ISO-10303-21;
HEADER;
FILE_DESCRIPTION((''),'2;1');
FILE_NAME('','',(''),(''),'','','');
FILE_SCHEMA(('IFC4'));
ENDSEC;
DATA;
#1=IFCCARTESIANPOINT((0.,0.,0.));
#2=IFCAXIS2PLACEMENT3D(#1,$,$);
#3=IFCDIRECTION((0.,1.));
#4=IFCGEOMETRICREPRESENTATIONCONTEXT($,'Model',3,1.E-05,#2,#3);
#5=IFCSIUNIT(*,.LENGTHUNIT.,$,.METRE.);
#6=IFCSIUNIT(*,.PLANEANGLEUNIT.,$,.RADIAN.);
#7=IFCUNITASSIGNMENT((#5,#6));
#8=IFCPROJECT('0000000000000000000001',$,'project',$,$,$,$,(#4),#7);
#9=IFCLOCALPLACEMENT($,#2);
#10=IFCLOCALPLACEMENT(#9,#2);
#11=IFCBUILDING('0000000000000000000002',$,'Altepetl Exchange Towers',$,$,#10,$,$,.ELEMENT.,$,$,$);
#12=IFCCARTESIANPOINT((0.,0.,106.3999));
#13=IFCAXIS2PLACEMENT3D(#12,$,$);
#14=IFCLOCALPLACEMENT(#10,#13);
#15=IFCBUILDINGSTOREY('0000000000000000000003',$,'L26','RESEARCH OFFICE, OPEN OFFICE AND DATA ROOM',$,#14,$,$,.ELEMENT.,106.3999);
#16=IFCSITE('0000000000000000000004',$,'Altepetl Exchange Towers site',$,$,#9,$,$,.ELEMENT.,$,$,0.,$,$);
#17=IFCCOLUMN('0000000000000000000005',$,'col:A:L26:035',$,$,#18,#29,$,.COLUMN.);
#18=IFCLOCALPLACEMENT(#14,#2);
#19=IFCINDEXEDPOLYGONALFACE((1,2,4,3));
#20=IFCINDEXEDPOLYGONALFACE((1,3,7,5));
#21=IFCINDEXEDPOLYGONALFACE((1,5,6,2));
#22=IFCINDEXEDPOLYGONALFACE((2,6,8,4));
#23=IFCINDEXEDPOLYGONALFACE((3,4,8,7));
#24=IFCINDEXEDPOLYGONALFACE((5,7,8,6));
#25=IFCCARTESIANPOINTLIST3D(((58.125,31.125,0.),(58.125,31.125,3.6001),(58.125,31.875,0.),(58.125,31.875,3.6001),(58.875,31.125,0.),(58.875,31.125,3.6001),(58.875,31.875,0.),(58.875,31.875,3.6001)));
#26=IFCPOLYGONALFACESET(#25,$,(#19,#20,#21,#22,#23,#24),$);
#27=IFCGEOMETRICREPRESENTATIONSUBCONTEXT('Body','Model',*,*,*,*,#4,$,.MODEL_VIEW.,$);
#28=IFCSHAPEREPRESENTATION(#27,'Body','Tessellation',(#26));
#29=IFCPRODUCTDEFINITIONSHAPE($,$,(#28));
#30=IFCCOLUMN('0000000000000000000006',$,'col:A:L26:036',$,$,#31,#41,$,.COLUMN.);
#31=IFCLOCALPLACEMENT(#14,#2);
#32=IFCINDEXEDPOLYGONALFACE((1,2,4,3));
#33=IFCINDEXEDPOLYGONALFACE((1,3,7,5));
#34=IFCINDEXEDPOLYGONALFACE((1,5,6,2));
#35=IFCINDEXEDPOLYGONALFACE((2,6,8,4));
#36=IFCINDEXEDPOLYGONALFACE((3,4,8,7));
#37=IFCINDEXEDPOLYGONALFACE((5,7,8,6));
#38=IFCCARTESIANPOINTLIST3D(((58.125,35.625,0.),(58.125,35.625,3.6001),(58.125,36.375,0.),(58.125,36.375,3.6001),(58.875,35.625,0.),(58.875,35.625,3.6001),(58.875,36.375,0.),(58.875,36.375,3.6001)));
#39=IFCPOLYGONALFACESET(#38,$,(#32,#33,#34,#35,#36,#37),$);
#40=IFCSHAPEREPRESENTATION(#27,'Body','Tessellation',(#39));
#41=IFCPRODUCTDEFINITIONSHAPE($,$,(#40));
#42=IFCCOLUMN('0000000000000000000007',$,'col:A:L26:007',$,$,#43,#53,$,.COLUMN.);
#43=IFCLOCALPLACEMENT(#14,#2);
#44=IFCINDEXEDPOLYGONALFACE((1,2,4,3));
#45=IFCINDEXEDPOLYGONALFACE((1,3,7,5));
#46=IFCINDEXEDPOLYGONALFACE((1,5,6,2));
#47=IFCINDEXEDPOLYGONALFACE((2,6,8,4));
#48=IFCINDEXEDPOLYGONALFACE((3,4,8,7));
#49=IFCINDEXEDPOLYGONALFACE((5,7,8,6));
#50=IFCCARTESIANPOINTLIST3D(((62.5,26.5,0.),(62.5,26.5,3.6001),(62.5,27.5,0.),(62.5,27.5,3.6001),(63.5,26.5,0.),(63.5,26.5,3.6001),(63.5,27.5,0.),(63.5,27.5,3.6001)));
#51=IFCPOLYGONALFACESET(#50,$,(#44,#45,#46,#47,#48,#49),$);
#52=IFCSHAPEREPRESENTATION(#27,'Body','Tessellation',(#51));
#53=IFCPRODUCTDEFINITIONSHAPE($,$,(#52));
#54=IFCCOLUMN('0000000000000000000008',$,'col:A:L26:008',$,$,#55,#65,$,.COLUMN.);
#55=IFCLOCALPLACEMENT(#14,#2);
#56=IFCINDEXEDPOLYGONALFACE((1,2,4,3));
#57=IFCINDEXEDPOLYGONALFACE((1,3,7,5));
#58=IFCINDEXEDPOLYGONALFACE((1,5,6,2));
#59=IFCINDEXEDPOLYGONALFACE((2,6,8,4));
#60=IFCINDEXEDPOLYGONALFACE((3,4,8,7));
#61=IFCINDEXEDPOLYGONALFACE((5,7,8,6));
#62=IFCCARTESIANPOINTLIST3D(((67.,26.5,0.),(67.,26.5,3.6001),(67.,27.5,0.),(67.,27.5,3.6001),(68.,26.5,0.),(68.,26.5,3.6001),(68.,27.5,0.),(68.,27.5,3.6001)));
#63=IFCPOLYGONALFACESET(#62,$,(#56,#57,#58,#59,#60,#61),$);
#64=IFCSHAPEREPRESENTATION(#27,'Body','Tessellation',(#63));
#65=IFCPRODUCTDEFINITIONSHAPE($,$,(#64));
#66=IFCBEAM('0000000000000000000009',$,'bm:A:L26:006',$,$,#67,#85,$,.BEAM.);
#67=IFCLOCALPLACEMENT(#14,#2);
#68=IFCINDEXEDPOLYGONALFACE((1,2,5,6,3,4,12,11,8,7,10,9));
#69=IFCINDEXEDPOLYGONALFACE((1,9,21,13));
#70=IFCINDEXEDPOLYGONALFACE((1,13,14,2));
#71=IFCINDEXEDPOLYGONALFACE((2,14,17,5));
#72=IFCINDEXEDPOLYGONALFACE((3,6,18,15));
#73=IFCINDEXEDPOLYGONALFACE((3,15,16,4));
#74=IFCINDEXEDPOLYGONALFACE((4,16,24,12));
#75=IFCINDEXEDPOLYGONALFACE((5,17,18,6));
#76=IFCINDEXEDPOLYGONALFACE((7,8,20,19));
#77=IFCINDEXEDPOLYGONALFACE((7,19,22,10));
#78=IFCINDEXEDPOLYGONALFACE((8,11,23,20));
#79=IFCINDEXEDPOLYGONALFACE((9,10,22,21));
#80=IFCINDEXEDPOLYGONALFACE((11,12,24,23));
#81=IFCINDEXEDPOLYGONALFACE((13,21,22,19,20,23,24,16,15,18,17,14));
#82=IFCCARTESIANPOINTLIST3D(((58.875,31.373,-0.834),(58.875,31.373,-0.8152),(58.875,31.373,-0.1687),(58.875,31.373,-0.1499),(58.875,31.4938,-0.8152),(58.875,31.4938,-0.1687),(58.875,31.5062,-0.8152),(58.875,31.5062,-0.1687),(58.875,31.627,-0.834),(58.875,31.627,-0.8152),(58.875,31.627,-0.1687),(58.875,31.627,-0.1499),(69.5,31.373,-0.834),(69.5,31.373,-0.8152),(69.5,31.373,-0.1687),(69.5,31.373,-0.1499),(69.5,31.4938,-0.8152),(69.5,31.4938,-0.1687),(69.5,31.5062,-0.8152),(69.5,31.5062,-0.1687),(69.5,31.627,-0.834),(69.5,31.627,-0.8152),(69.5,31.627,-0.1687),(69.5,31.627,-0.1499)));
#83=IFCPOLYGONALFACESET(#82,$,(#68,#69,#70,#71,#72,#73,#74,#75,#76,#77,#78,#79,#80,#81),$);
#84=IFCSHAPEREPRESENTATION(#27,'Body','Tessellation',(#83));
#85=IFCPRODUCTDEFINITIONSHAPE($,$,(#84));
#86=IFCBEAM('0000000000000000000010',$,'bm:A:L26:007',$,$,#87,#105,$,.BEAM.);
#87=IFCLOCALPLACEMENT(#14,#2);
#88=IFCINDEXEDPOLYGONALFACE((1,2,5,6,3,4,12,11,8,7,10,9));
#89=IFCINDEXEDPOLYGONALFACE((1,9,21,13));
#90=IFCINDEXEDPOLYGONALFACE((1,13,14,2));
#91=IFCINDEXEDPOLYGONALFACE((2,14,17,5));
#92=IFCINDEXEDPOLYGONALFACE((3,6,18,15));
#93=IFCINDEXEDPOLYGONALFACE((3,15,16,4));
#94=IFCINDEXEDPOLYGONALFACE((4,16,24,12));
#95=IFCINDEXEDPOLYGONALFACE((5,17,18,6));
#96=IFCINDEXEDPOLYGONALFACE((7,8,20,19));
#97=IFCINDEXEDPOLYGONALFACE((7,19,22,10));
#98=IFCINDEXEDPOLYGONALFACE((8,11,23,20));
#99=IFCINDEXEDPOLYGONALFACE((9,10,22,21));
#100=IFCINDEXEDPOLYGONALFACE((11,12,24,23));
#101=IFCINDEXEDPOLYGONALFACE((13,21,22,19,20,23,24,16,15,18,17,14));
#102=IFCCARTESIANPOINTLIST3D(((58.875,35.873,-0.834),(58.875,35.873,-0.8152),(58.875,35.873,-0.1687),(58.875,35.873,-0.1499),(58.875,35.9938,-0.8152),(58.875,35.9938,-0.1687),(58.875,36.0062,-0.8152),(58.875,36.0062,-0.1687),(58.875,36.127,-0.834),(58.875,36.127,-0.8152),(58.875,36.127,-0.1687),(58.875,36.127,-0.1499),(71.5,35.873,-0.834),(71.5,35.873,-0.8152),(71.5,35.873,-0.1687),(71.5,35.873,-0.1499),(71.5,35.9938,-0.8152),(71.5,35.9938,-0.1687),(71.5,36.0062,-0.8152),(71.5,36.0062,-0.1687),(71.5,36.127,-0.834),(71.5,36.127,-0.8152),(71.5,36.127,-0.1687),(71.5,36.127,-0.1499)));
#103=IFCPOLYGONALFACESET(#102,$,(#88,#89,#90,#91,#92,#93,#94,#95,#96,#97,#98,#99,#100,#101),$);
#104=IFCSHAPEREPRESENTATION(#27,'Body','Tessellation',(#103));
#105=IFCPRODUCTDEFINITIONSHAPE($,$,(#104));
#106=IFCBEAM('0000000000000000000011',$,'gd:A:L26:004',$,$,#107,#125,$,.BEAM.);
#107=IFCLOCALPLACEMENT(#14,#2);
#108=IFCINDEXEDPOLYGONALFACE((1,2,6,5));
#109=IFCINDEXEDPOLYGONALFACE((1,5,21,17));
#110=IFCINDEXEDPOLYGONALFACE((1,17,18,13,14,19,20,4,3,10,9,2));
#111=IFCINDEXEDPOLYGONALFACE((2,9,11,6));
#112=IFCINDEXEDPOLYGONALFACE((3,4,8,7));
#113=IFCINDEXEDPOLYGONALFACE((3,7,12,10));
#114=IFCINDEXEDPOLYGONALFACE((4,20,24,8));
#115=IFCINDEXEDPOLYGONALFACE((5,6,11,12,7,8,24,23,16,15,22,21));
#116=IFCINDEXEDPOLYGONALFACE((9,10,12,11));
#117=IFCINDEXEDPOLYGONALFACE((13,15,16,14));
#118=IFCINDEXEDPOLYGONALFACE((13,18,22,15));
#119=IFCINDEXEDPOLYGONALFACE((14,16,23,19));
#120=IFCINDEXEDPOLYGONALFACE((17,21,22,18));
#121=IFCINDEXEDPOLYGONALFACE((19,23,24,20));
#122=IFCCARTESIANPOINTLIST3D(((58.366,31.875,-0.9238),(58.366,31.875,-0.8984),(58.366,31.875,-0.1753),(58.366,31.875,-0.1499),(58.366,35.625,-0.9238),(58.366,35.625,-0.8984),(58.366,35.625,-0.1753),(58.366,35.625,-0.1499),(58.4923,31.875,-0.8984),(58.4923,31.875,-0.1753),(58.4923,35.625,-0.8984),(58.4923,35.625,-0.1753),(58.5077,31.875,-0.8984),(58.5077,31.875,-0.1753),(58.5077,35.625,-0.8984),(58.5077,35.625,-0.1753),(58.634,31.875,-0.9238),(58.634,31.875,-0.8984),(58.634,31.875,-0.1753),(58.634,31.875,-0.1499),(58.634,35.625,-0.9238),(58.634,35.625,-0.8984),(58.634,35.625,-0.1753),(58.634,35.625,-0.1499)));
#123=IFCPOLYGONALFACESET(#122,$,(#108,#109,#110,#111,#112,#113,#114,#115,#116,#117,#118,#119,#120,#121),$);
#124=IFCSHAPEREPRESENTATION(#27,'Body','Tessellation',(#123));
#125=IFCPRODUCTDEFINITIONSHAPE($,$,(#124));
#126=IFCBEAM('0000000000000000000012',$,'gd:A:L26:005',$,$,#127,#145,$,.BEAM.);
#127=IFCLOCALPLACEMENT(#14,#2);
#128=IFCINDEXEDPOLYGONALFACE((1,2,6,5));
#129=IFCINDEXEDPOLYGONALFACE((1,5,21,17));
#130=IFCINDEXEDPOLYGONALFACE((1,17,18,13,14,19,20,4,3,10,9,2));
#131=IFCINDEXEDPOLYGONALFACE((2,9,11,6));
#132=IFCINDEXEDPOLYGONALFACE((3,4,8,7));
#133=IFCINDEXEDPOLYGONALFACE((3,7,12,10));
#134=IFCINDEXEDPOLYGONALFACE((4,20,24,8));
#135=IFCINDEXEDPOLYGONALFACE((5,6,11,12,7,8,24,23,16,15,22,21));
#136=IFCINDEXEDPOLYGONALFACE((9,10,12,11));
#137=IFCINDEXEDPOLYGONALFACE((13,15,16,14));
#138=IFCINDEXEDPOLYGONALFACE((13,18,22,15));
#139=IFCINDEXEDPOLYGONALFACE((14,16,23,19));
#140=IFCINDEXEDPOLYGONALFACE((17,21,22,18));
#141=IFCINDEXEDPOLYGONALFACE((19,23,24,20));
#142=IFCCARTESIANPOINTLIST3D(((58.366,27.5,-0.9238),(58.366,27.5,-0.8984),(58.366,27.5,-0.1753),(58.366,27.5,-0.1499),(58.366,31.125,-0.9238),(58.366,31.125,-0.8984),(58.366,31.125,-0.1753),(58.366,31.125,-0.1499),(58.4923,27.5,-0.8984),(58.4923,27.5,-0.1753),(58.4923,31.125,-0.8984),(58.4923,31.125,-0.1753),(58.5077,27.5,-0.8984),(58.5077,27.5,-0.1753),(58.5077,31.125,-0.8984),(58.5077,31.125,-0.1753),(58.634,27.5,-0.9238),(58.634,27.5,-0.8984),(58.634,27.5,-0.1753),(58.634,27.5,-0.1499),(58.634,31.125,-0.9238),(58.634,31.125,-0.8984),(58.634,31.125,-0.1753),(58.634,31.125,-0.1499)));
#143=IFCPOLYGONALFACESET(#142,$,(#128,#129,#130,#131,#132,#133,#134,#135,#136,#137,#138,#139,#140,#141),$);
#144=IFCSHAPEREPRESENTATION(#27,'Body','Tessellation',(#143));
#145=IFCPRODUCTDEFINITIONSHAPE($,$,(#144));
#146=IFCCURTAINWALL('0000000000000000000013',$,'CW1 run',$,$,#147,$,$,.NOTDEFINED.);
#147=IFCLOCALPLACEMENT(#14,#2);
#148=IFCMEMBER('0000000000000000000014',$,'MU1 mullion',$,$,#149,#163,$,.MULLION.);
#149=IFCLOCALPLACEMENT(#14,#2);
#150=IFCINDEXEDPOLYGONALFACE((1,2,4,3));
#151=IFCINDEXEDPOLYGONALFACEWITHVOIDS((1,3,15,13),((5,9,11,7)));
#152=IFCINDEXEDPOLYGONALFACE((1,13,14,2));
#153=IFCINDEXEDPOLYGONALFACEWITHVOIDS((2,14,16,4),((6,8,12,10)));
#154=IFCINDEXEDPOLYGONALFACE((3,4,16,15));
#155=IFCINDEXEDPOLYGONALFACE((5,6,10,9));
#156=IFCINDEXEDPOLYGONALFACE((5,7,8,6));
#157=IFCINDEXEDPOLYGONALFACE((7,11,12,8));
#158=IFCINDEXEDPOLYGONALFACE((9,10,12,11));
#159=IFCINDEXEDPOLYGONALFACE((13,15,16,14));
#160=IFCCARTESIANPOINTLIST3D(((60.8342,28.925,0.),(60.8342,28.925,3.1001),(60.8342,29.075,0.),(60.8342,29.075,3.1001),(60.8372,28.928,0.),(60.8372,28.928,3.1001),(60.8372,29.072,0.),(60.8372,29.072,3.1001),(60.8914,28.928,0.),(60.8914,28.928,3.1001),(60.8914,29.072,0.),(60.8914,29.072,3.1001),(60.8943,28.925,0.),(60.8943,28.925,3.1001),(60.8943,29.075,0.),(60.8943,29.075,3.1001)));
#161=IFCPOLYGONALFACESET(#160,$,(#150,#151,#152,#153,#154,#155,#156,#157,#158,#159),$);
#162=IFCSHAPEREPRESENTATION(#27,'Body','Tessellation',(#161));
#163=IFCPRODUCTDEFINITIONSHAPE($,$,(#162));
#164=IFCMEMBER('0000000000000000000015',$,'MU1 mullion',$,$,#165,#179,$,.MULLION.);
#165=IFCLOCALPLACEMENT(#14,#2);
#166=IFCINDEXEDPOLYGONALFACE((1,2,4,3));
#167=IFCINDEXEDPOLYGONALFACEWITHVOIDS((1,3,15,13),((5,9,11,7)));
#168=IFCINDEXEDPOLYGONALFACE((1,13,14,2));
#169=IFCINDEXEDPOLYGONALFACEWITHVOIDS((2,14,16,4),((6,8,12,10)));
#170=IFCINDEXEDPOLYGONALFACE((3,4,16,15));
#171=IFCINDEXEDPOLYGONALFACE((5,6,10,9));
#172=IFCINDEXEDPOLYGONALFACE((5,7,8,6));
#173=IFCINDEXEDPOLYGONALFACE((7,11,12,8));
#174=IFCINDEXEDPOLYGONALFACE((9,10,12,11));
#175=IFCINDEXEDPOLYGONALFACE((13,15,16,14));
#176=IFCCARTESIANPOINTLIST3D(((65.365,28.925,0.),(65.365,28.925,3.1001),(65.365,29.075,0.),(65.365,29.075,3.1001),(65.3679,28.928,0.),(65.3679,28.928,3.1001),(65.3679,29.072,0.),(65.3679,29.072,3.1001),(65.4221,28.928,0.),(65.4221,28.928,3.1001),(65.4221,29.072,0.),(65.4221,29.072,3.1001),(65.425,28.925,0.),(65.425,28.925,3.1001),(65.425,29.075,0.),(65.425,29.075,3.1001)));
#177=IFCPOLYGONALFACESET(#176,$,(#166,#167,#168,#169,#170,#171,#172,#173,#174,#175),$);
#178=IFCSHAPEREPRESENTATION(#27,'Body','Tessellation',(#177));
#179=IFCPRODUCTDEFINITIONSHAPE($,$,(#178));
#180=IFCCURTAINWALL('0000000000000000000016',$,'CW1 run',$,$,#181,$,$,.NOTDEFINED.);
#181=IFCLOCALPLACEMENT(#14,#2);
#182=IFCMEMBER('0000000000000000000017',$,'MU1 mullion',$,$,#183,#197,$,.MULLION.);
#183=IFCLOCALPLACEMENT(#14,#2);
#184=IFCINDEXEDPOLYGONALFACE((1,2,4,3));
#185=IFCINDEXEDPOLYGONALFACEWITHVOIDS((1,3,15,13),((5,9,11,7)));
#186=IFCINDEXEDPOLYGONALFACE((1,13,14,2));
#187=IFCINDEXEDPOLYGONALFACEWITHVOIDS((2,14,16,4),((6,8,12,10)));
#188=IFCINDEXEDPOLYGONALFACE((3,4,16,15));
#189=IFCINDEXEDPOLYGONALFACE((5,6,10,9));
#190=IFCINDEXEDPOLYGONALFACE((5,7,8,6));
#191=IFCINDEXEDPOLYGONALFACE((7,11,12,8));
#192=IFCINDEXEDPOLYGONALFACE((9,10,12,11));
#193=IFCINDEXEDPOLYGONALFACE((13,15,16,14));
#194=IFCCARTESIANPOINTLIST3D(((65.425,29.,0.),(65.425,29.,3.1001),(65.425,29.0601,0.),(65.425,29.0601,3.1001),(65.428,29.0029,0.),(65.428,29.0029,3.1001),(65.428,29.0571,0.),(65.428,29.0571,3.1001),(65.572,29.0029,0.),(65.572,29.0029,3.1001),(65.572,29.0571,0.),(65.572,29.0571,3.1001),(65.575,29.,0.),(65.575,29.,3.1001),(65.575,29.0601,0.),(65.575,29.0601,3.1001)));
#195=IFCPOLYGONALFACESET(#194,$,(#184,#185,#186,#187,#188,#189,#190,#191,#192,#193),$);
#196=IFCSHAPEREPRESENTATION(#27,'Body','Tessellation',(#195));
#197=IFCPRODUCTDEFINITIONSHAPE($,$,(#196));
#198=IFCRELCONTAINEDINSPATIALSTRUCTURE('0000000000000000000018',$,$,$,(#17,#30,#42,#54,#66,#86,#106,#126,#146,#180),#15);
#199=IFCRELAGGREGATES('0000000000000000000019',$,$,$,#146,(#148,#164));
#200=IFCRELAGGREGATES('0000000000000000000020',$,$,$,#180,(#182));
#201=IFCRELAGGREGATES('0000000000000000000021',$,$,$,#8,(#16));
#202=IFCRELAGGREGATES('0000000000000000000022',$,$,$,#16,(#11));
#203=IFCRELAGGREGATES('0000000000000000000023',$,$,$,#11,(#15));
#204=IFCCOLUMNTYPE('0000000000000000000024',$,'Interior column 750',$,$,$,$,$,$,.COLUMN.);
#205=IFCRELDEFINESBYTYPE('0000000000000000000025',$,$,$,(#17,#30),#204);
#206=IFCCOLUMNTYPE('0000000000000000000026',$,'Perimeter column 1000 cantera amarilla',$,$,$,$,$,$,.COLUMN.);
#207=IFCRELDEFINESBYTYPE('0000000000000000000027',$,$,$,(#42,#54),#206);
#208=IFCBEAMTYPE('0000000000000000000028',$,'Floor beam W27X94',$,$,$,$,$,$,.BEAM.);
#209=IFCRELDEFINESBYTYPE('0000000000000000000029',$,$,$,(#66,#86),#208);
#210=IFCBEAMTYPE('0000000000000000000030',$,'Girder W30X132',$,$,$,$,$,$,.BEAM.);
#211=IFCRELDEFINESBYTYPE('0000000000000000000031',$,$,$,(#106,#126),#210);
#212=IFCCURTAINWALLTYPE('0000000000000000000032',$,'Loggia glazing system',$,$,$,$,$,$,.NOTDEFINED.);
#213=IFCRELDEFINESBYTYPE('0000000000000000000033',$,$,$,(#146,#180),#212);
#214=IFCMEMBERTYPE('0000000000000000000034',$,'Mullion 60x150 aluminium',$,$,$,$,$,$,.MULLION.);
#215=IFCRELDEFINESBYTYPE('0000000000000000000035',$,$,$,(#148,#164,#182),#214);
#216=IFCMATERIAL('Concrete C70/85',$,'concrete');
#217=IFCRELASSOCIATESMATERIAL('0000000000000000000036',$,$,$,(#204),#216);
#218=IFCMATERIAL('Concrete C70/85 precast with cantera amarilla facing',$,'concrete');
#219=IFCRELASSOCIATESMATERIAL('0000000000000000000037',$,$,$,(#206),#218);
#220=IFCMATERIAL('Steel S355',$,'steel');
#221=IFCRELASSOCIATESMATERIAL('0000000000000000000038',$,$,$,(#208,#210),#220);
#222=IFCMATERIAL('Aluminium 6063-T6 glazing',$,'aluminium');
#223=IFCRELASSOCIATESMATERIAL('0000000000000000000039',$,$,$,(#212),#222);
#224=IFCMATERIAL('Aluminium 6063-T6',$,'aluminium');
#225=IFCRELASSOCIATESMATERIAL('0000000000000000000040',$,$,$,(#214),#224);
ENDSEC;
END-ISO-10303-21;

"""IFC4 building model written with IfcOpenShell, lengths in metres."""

from ifc_helpers import new_model, si_unit, direction, frame, origin, origin_2d, place, context, subcontext, project, spatial, rectangle, hollow_rectangle, i_section, extrude, material, material_profile, profile_set, type_object, element, aggregate, save


model = new_model("IFC4")

# Units and contexts
model_context = context("Model", 3, precision=1e-05, world=origin(), true_north=direction((0.0, 1.0)))
body_context = subcontext(model_context, "Body", "Model", "MODEL_VIEW")
ifc_project = project(units=[si_unit("LENGTHUNIT", "METRE"), si_unit("PLANEANGLEUNIT", "RADIAN")], contexts=[model_context])

# Site, building, storey
site_placement = place(None, origin())
site = spatial("IfcSite", under=ifc_project, at=site_placement, Name="Altepetl Exchange Towers site", CompositionType="ELEMENT", RefElevation=0.0)
building_placement = place(site_placement, origin())
building = spatial("IfcBuilding", under=site, at=building_placement, Name="Altepetl Exchange Towers", CompositionType="ELEMENT")
storey_placement = place(building_placement, frame((0.0, 0.0, 106.3999)))
storey = spatial("IfcBuildingStorey", under=building, at=storey_placement, Name="L26", Description="RESEARCH OFFICE, OPEN OFFICE AND DATA ROOM", CompositionType="ELEMENT", Elevation=106.3999)

# Columns
ifc_material_1 = material(Name="Concrete C70/85", Category="concrete")
ifc_material_profile_1 = material_profile(ifc_material_1, rectangle(XDim=0.75, YDim=0.75, at=origin_2d()), Name="750 x 750")
ifc_profile_set_1 = profile_set([ifc_material_profile_1], Name="Concrete C70/85")
column_type_1 = type_object("IfcColumnType", Name="Interior column 750", PredefinedType="COLUMN", material=ifc_profile_set_1)
for number, where, name in (
    (1, (58.5, 31.5, 0.0), "col:A:L26:035"),
    (2, (58.5, 36.0, 0.0), "col:A:L26:036"),
):
    element("IfcColumn", number, at=place(storey_placement, frame(where)), inside=storey, type_object=column_type_1, Name=name, PredefinedType="COLUMN", context=body_context, shape_type="SweptSolid", body=[
        extrude(rectangle(XDim=0.75, YDim=0.75, at=origin_2d()), origin(), (0.0, 0.0, 1.0), 3.6001),
    ])
ifc_material_2 = material(Name="Concrete C70/85 precast with cantera amarilla facing", Category="concrete")
ifc_material_profile_2 = material_profile(ifc_material_2, rectangle(XDim=1.0, YDim=1.0, at=origin_2d()), Name="1000 x 1000")
ifc_profile_set_2 = profile_set([ifc_material_profile_2], Name="Concrete C70/85 precast with cantera amarilla facing")
column_type_2 = type_object("IfcColumnType", Name="Perimeter column 1000 cantera amarilla", PredefinedType="COLUMN", material=ifc_profile_set_2)
for number, where, name in (
    (3, (63.0, 27.0, 0.0), "col:A:L26:007"),
    (4, (67.5, 27.0, 0.0), "col:A:L26:008"),
):
    element("IfcColumn", number, at=place(storey_placement, frame(where)), inside=storey, type_object=column_type_2, Name=name, PredefinedType="COLUMN", context=body_context, shape_type="SweptSolid", body=[
        extrude(rectangle(XDim=1.0, YDim=1.0, at=origin_2d()), origin(), (0.0, 0.0, 1.0), 3.6001),
    ])

# Beams
ifc_material_3 = material(Name="Steel S355", Category="steel")
ifc_material_profile_3 = material_profile(ifc_material_3, i_section(OverallWidth=0.2539, OverallDepth=0.6841, WebThickness=0.0125, FlangeThickness=0.0188, at=origin_2d()), Name="W27X94")
ifc_profile_set_3 = profile_set([ifc_material_profile_3], Name="Steel S355")
beam_type_1 = type_object("IfcBeamType", Name="Floor beam W27X94", PredefinedType="BEAM", material=ifc_profile_set_3)
beam_1_placement = place(storey_placement, frame((58.875, 31.5, -0.4919), z_axis=(1.0, 0.0, 0.0), x_axis=(0.0, 1.0, 0.0)))
element("IfcBeam", 5, at=beam_1_placement, inside=storey, type_object=beam_type_1, Name="bm:A:L26:006", PredefinedType="BEAM", context=body_context, shape_type="SweptSolid", body=[
    extrude(i_section(OverallWidth=0.2539, OverallDepth=0.6841, WebThickness=0.0125, FlangeThickness=0.0188, at=origin_2d()), origin(), (0.0, 0.0, 1.0), 10.625),
])
beam_2_placement = place(storey_placement, frame((58.875, 36.0, -0.4919), z_axis=(1.0, 0.0, 0.0), x_axis=(0.0, 1.0, 0.0)))
element("IfcBeam", 6, at=beam_2_placement, inside=storey, type_object=beam_type_1, Name="bm:A:L26:007", PredefinedType="BEAM", context=body_context, shape_type="SweptSolid", body=[
    extrude(i_section(OverallWidth=0.2539, OverallDepth=0.6841, WebThickness=0.0125, FlangeThickness=0.0188, at=origin_2d()), origin(), (0.0, 0.0, 1.0), 12.625),
])
ifc_material_profile_4 = material_profile(ifc_material_3, i_section(OverallWidth=0.2681, OverallDepth=0.7739, WebThickness=0.0154, FlangeThickness=0.0254, at=origin_2d()), Name="W30X132")
ifc_profile_set_4 = profile_set([ifc_material_profile_4], Name="Steel S355")
beam_type_2 = type_object("IfcBeamType", Name="Girder W30X132", PredefinedType="BEAM", material=ifc_profile_set_4)
beam_3_placement = place(storey_placement, frame((58.5, 35.625, -0.5369), z_axis=(0.0, -1.0, 0.0), x_axis=(1.0, 0.0, 0.0)))
element("IfcBeam", 7, at=beam_3_placement, inside=storey, type_object=beam_type_2, Name="gd:A:L26:004", PredefinedType="BEAM", context=body_context, shape_type="SweptSolid", body=[
    extrude(i_section(OverallWidth=0.2681, OverallDepth=0.7739, WebThickness=0.0154, FlangeThickness=0.0254, at=origin_2d()), origin(), (0.0, 0.0, 1.0), 3.75),
])
beam_4_placement = place(storey_placement, frame((58.5, 31.125, -0.5369), z_axis=(0.0, -1.0, 0.0), x_axis=(1.0, 0.0, 0.0)))
element("IfcBeam", 8, at=beam_4_placement, inside=storey, type_object=beam_type_2, Name="gd:A:L26:005", PredefinedType="BEAM", context=body_context, shape_type="SweptSolid", body=[
    extrude(i_section(OverallWidth=0.2681, OverallDepth=0.7739, WebThickness=0.0154, FlangeThickness=0.0254, at=origin_2d()), origin(), (0.0, 0.0, 1.0), 3.625),
])

# Curtain walls, members
ifc_material_4 = material(Name="Aluminium 6063-T6 glazing", Category="aluminium")
curtain_wall_type = type_object("IfcCurtainWallType", Name="Loggia glazing system", PredefinedType="NOTDEFINED", material=ifc_material_4)
curtain_wall_1_placement = place(storey_placement, origin())
curtain_wall_1 = element("IfcCurtainWall", 9, at=curtain_wall_1_placement, inside=storey, type_object=curtain_wall_type, Name="CW1 run", PredefinedType="NOTDEFINED")
ifc_material_5 = material(Name="Aluminium 6063-T6", Category="aluminium")
ifc_material_profile_5 = material_profile(ifc_material_5, hollow_rectangle(XDim=0.0601, YDim=0.1499, WallThickness=0.0029, at=origin_2d()), Name="Mullion 60x150 aluminium")
ifc_profile_set_5 = profile_set([ifc_material_profile_5], Name="Aluminium 6063-T6")
member_type = type_object("IfcMemberType", Name="Mullion 60x150 aluminium", PredefinedType="MULLION", material=ifc_profile_set_5)
member_1_placement = place(storey_placement, frame((60.8643, 29.0, 0.0)))
member_1 = element("IfcMember", 10, at=member_1_placement, type_object=member_type, Name="MU1 mullion", PredefinedType="MULLION", context=body_context, shape_type="SweptSolid", body=[
    extrude(hollow_rectangle(XDim=0.0601, YDim=0.1499, WallThickness=0.0029, at=origin_2d()), origin(), (0.0, 0.0, 1.0), 3.1001),
])
member_2_placement = place(storey_placement, frame((65.395, 29.0, 0.0)))
member_2 = element("IfcMember", 11, at=member_2_placement, type_object=member_type, Name="MU1 mullion", PredefinedType="MULLION", context=body_context, shape_type="SweptSolid", body=[
    extrude(hollow_rectangle(XDim=0.0601, YDim=0.1499, WallThickness=0.0029, at=origin_2d()), origin(), (0.0, 0.0, 1.0), 3.1001),
])
curtain_wall_2_placement = place(storey_placement, origin())
curtain_wall_2 = element("IfcCurtainWall", 12, at=curtain_wall_2_placement, inside=storey, type_object=curtain_wall_type, Name="CW1 run", PredefinedType="NOTDEFINED")
member_3_placement = place(storey_placement, frame((65.5, 29.03, 0.0), z_axis=(0.0, 0.0, 1.0), x_axis=(0.0, 1.0, 0.0)))
member_3 = element("IfcMember", 13, at=member_3_placement, type_object=member_type, Name="MU1 mullion", PredefinedType="MULLION", context=body_context, shape_type="SweptSolid", body=[
    extrude(hollow_rectangle(XDim=0.0601, YDim=0.1499, WallThickness=0.0029, at=origin_2d()), origin(), (0.0, 0.0, 1.0), 3.1001),
])

aggregate(curtain_wall_1, [member_1, member_2])
aggregate(curtain_wall_2, [member_3])

save(model, "model.ifc")
